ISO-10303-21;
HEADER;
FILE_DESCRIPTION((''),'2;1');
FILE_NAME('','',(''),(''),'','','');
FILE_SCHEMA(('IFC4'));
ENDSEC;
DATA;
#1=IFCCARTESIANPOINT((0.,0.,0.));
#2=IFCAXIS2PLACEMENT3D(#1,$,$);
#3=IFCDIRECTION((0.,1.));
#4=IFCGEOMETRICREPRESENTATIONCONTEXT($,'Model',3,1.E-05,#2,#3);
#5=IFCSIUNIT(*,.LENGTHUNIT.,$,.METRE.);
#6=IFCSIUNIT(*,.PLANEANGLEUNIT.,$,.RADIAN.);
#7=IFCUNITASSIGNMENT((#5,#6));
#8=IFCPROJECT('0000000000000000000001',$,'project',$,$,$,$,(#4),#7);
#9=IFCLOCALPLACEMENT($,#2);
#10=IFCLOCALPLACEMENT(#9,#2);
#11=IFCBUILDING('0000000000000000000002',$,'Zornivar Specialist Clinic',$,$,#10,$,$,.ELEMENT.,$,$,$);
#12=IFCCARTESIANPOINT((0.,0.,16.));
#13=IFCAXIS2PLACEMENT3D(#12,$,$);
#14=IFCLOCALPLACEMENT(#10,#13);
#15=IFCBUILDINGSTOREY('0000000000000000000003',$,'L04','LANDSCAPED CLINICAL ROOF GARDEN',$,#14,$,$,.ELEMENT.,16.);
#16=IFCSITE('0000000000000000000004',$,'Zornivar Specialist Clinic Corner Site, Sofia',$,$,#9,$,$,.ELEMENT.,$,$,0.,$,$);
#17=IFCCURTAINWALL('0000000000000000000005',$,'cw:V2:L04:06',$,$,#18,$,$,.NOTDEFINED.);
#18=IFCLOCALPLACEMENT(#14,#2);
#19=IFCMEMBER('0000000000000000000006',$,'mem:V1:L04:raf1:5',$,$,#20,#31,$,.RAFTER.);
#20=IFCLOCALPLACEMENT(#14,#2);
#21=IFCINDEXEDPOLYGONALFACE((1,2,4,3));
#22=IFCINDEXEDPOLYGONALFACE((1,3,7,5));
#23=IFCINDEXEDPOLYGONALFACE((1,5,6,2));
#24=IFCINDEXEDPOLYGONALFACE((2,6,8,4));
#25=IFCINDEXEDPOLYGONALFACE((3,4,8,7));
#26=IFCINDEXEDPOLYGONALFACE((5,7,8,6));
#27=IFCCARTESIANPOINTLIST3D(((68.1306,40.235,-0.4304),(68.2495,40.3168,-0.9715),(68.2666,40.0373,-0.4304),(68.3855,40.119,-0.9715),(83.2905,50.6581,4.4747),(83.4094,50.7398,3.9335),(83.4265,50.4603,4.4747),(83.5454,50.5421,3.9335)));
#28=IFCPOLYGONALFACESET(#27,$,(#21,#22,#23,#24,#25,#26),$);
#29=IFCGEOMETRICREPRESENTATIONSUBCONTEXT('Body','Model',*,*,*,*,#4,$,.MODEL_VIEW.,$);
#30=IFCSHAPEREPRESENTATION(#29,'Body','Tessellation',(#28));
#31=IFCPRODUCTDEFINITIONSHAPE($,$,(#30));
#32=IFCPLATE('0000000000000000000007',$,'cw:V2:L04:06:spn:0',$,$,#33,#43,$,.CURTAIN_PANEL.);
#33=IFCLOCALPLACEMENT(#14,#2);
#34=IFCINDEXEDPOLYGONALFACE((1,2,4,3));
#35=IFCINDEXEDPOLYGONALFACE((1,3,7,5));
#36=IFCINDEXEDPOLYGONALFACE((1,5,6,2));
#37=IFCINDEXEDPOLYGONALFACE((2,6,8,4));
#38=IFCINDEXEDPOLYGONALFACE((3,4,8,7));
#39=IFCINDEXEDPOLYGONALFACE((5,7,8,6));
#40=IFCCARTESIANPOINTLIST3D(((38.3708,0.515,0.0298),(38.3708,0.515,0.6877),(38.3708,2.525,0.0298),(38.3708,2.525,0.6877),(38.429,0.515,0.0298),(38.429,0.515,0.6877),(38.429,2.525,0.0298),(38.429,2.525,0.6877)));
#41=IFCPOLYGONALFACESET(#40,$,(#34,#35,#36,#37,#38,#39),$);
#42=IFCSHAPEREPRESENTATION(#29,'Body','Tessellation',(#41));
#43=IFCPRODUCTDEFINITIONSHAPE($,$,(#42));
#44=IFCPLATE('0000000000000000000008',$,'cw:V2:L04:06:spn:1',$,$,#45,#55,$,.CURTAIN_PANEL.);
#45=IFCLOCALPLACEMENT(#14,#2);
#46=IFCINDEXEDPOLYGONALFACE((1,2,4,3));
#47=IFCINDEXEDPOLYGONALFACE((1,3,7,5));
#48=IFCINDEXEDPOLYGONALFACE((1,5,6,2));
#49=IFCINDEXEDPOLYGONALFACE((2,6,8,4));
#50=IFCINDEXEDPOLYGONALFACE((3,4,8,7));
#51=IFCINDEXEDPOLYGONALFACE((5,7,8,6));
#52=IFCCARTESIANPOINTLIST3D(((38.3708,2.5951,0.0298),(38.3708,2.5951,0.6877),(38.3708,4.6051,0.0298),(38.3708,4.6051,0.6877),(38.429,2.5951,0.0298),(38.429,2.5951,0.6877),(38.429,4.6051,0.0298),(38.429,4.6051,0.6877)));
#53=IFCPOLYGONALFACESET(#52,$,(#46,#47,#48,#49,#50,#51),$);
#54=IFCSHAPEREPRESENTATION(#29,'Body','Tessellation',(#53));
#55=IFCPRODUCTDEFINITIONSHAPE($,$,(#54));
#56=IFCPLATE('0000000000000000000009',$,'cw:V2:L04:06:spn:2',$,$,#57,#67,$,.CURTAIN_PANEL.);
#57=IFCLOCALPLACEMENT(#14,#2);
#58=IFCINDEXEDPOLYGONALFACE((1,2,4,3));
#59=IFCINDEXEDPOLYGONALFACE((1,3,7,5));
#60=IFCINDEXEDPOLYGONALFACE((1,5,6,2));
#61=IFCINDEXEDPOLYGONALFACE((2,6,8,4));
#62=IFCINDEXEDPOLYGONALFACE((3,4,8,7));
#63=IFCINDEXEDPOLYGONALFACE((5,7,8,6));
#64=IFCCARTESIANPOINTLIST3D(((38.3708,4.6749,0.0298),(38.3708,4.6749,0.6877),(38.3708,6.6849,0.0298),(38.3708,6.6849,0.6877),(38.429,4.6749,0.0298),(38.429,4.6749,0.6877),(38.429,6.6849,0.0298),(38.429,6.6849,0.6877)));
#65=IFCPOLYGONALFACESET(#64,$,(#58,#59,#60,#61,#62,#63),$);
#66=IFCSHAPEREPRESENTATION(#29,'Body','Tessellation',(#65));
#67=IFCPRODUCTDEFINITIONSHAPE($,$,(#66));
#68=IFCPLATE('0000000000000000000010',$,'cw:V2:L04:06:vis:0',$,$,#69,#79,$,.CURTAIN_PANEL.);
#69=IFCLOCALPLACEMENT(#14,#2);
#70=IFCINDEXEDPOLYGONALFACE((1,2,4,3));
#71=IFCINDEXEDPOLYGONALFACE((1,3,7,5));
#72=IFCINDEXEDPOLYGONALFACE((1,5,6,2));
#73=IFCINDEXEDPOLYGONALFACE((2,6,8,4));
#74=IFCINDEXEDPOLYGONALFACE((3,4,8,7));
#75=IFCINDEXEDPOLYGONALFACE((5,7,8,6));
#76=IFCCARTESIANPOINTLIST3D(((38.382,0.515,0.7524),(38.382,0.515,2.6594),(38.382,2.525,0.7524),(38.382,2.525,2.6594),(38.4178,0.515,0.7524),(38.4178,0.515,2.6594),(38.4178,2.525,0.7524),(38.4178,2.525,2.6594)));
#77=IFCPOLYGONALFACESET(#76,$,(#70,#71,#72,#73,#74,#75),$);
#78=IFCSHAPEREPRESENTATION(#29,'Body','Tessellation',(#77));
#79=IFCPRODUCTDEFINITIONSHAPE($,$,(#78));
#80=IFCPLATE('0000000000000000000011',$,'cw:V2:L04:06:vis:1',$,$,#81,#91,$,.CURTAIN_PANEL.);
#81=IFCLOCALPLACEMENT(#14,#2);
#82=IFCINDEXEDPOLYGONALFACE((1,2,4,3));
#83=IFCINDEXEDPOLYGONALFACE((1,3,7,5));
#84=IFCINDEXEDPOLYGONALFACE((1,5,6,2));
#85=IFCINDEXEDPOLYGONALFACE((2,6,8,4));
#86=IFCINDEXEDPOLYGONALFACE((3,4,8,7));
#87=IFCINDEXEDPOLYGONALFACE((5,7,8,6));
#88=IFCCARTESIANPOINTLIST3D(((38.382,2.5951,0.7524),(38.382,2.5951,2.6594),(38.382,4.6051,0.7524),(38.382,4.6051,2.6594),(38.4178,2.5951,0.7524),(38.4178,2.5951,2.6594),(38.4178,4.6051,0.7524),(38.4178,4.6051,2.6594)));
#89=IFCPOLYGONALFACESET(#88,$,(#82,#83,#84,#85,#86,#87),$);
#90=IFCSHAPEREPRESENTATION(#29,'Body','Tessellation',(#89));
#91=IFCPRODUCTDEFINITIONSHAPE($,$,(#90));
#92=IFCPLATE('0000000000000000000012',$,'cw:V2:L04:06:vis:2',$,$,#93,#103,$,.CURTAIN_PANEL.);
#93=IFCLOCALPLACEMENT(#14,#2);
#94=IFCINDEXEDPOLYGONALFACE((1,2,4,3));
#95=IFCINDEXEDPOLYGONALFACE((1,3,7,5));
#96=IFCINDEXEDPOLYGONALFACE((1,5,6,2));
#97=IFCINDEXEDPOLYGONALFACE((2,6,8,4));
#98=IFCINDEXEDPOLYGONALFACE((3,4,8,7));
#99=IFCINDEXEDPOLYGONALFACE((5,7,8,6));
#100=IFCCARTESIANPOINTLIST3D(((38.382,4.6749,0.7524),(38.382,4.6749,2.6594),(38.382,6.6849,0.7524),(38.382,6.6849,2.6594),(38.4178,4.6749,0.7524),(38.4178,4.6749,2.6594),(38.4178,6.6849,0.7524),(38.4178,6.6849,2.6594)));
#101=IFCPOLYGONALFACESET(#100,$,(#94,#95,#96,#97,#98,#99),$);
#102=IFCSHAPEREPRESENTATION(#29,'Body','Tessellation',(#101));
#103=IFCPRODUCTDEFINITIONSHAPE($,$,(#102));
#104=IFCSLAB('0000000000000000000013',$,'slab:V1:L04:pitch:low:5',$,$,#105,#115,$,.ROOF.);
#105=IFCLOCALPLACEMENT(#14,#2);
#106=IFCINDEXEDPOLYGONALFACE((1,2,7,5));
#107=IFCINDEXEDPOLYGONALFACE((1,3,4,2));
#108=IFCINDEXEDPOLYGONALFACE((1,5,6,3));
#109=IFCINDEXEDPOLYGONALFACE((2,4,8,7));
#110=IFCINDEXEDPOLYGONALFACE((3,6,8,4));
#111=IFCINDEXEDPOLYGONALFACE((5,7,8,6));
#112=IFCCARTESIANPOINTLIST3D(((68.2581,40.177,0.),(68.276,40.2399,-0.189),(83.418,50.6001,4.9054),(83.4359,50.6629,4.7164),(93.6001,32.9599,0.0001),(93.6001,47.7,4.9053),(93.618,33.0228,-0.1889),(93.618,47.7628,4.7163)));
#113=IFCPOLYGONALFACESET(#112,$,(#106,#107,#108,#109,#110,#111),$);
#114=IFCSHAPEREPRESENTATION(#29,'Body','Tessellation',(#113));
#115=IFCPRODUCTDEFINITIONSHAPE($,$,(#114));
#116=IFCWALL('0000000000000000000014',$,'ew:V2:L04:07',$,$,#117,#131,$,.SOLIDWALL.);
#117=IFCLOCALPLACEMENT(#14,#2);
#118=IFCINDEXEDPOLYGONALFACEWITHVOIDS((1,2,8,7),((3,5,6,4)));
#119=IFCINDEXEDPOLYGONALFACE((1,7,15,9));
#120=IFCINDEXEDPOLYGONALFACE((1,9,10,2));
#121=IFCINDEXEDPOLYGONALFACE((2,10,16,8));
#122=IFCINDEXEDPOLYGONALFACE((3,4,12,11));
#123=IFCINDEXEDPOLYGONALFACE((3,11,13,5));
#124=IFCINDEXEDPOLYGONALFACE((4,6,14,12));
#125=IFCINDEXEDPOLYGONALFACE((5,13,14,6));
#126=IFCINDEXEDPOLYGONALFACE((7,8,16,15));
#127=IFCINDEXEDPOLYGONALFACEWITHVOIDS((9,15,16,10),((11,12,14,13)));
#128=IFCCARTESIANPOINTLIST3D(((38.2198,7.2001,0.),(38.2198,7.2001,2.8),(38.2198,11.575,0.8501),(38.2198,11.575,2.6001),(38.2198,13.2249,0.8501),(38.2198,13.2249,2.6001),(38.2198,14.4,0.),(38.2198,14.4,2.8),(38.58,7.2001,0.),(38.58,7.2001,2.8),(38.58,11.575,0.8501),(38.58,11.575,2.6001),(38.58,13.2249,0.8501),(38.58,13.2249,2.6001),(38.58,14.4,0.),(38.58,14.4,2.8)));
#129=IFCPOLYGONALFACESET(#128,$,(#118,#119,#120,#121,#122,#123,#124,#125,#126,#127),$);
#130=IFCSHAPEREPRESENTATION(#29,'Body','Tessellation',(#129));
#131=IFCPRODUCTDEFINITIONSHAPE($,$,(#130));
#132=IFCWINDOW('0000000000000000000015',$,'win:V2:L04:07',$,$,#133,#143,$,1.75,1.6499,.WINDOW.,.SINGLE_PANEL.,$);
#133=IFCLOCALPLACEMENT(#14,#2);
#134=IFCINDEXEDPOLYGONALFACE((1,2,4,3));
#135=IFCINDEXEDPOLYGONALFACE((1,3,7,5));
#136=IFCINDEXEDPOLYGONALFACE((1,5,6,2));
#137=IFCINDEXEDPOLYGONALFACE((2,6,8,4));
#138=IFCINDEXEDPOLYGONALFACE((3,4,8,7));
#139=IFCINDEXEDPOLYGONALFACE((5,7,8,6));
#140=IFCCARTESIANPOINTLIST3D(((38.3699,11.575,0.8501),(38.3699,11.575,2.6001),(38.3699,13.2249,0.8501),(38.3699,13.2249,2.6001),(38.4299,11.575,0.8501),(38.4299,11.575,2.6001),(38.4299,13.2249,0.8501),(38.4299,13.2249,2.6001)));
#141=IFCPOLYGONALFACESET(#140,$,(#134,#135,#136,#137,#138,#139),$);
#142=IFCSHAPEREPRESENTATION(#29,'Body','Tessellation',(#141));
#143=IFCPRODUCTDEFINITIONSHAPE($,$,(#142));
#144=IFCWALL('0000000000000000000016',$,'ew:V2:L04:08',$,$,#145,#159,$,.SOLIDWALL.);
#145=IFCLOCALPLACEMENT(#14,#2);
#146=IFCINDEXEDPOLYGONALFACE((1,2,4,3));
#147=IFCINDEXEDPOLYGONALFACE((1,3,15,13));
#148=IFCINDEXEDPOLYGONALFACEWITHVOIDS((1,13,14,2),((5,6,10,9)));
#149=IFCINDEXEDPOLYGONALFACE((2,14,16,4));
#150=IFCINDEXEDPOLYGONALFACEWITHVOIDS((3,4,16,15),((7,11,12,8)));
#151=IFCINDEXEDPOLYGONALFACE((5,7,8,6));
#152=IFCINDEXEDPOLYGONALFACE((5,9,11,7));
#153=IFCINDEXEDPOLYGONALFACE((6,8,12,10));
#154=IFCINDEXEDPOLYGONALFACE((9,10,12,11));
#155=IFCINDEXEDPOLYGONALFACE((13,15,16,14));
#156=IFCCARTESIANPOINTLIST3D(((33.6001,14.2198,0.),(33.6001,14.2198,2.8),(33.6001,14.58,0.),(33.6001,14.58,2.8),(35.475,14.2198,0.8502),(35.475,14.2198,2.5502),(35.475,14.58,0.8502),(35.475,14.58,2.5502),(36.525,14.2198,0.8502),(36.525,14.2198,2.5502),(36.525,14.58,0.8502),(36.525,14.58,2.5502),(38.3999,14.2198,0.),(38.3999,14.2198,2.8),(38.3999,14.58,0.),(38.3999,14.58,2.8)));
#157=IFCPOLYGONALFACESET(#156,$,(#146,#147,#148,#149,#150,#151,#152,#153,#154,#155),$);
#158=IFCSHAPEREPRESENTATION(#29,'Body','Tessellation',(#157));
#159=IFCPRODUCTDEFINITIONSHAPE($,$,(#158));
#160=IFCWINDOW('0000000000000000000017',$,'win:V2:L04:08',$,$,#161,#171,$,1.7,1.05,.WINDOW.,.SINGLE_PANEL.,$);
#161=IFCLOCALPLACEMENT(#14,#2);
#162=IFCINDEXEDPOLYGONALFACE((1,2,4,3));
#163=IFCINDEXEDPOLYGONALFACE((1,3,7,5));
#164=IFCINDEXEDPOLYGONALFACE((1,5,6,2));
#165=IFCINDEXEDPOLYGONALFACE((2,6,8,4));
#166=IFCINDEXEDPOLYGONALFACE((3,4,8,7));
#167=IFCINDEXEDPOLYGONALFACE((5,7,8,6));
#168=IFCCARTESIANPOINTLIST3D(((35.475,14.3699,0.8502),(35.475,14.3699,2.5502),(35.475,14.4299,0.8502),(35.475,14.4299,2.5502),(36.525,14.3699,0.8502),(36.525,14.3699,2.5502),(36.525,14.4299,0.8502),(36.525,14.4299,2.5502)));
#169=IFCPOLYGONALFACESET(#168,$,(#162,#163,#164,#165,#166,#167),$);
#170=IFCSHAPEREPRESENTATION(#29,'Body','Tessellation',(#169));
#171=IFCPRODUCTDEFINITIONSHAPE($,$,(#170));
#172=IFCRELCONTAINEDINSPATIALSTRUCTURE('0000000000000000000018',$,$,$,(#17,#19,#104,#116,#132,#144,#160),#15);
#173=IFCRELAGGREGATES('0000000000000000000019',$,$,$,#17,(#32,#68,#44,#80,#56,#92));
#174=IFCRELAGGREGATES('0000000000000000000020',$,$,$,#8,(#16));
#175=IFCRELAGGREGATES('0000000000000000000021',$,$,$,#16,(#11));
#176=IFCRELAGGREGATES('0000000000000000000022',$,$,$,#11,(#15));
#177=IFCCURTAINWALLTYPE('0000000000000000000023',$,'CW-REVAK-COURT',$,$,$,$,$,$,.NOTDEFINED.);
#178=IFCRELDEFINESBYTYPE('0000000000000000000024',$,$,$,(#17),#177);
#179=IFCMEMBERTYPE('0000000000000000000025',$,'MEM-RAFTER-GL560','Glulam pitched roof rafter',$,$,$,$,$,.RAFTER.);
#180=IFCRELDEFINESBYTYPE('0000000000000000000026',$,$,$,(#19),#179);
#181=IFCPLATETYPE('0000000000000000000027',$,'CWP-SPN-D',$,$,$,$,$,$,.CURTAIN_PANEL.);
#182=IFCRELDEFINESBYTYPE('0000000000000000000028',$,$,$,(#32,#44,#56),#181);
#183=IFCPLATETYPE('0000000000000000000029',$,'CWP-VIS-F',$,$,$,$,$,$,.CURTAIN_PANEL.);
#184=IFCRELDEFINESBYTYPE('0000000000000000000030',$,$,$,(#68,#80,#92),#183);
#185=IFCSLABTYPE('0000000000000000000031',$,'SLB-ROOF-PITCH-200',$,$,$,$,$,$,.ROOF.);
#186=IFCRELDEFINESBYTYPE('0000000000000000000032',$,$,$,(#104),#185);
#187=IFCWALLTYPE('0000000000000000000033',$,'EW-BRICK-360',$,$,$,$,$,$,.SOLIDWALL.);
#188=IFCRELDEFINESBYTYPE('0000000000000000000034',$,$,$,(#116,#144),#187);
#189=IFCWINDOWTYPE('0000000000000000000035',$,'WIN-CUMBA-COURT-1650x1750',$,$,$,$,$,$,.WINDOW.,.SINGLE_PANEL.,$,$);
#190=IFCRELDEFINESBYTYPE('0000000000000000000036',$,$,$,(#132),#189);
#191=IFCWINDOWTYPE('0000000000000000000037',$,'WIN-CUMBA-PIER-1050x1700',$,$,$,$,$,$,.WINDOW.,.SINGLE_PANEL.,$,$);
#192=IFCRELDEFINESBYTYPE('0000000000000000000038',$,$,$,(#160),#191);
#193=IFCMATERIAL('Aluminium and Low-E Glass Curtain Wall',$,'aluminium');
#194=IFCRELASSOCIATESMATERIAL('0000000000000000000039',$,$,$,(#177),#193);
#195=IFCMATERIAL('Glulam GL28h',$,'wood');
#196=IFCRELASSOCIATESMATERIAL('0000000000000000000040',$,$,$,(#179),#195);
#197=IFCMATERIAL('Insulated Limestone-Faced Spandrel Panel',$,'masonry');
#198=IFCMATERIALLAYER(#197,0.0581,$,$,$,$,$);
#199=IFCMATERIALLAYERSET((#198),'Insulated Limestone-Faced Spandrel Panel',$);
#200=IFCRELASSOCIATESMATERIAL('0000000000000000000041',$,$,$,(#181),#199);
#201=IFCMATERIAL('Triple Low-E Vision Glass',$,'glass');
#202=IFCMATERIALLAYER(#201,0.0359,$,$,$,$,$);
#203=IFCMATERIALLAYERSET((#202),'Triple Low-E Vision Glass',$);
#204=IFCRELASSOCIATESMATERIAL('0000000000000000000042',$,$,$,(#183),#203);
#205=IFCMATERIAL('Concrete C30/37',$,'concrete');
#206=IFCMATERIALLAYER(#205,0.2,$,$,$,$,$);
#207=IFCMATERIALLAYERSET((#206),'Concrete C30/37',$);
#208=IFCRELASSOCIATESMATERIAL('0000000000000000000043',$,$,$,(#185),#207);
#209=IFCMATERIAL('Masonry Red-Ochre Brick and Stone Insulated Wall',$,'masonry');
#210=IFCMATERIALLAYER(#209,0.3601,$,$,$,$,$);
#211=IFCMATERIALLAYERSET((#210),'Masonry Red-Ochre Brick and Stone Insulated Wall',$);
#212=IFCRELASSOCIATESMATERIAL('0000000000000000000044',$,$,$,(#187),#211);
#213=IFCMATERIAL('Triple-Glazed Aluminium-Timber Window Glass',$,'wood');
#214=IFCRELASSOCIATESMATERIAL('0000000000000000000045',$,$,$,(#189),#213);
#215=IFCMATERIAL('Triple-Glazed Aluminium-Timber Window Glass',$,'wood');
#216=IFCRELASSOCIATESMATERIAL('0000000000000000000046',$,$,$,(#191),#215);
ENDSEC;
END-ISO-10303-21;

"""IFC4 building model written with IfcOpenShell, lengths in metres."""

from ifc_helpers import new_model, si_unit, direction, frame, frame_2d, origin, origin_2d, place, context, subcontext, project, spatial, polyline, rectangle, outline, extrude, material, layer, layer_set, material_profile, profile_set, type_object, element, fill, aggregate, save


model = new_model("IFC4")

# Units and contexts
model_context = context("Model", 3, precision=1e-05, world=origin(), true_north=direction((0.0, 1.0)))
body_context = subcontext(model_context, "Body", "Model", "MODEL_VIEW")
ifc_project = project(units=[si_unit("LENGTHUNIT", "METRE"), si_unit("PLANEANGLEUNIT", "RADIAN")], contexts=[model_context])

# Site, building, storey
site_placement = place(None, origin())
site = spatial("IfcSite", under=ifc_project, at=site_placement, Name="Zornivar Specialist Clinic Corner Site, Sofia", CompositionType="ELEMENT", RefElevation=0.0)
building_placement = place(site_placement, origin())
building = spatial("IfcBuilding", under=site, at=building_placement, Name="Zornivar Specialist Clinic", CompositionType="ELEMENT")
storey_placement = place(building_placement, frame((0.0, 0.0, 16.0)))
storey = spatial("IfcBuildingStorey", under=building, at=storey_placement, Name="L04", Description="LANDSCAPED CLINICAL ROOF GARDEN", CompositionType="ELEMENT", Elevation=16.0)

# Curtain wall
ifc_material_1 = material(Name="Aluminium and Low-E Glass Curtain Wall", Category="aluminium")
curtain_wall_type = type_object("IfcCurtainWallType", Name="CW-REVAK-COURT", PredefinedType="NOTDEFINED", material=ifc_material_1)
curtain_wall_placement = place(storey_placement, origin())
curtain_wall = element("IfcCurtainWall", 1, at=curtain_wall_placement, inside=storey, type_object=curtain_wall_type, Name="cw:V2:L04:06", PredefinedType="NOTDEFINED")

# Member
ifc_material_2 = material(Name="Glulam GL28h", Category="wood")
ifc_material_profile_1 = material_profile(ifc_material_2, rectangle(XDim=0.24, YDim=0.5601, at=origin_2d()), Name="GL28h 240x560")
ifc_profile_set_1 = profile_set([ifc_material_profile_1], Name="Glulam GL28h")
member_type_1 = type_object("IfcMemberType", Name="MEM-RAFTER-GL560", Description="Glulam pitched roof rafter", PredefinedType="RAFTER", material=ifc_profile_set_1)
member_1_placement = place(storey_placement, frame((68.2581, 40.177, -0.7009), z_axis=(0.796212, 0.54743, 0.257617), x_axis=(-0.566553, 0.824025, 0.0)))
element("IfcMember", 2, at=member_1_placement, inside=storey, type_object=member_type_1, Name="mem:V1:L04:raf1:5", PredefinedType="RAFTER", context=body_context, shape_type="SweptSolid", body=[
    extrude(rectangle(XDim=0.24, YDim=0.5601, at=origin_2d()), origin(), (0.0, 0.0, 1.0), 19.04),
])

# Plates
ifc_material_3 = material(Name="Insulated Limestone-Faced Spandrel Panel", Category="masonry")
ifc_layer_1 = layer(ifc_material_3, 0.0581)
ifc_layer_set_1 = layer_set([ifc_layer_1], Name="Insulated Limestone-Faced Spandrel Panel")
plate_type_1 = type_object("IfcPlateType", Name="CWP-SPN-D", PredefinedType="CURTAIN_PANEL", material=ifc_layer_set_1)
plate_1_placement = place(storey_placement, frame((38.3999, 1.52, 0.0298), z_axis=(0.0, 0.0, 1.0), x_axis=(0.0, 1.0, 0.0)))
plate_1 = element("IfcPlate", 3, at=plate_1_placement, type_object=plate_type_1, Name="cw:V2:L04:06:spn:0", PredefinedType="CURTAIN_PANEL", context=body_context, shape_type="SweptSolid", body=[
    extrude(rectangle(XDim=2.01, YDim=0.0581, at=origin_2d()), origin(), (0.0, 0.0, 1.0), 0.658),
])
plate_2_placement = place(storey_placement, frame((38.3999, 3.6001, 0.0298), z_axis=(0.0, 0.0, 1.0), x_axis=(0.0, 1.0, 0.0)))
plate_2 = element("IfcPlate", 4, at=plate_2_placement, type_object=plate_type_1, Name="cw:V2:L04:06:spn:1", PredefinedType="CURTAIN_PANEL", context=body_context, shape_type="SweptSolid", body=[
    extrude(rectangle(XDim=2.01, YDim=0.0581, at=origin_2d()), origin(), (0.0, 0.0, 1.0), 0.658),
])
plate_3_placement = place(storey_placement, frame((38.3999, 5.6799, 0.0298), z_axis=(0.0, 0.0, 1.0), x_axis=(0.0, 1.0, 0.0)))
plate_3 = element("IfcPlate", 5, at=plate_3_placement, type_object=plate_type_1, Name="cw:V2:L04:06:spn:2", PredefinedType="CURTAIN_PANEL", context=body_context, shape_type="SweptSolid", body=[
    extrude(rectangle(XDim=2.01, YDim=0.0581, at=origin_2d()), origin(), (0.0, 0.0, 1.0), 0.658),
])
ifc_material_4 = material(Name="Triple Low-E Vision Glass", Category="glass")
ifc_layer_2 = layer(ifc_material_4, 0.0359)
ifc_layer_set_2 = layer_set([ifc_layer_2], Name="Triple Low-E Vision Glass")
plate_type_2 = type_object("IfcPlateType", Name="CWP-VIS-F", PredefinedType="CURTAIN_PANEL", material=ifc_layer_set_2)
plate_4_placement = place(storey_placement, frame((38.3999, 1.52, 0.7524), z_axis=(0.0, 0.0, 1.0), x_axis=(0.0, 1.0, 0.0)))
plate_4 = element("IfcPlate", 6, at=plate_4_placement, type_object=plate_type_2, Name="cw:V2:L04:06:vis:0", PredefinedType="CURTAIN_PANEL", context=body_context, shape_type="SweptSolid", body=[
    extrude(rectangle(XDim=2.01, YDim=0.0359, at=origin_2d()), origin(), (0.0, 0.0, 1.0), 1.907),
])
plate_5_placement = place(storey_placement, frame((38.3999, 3.6001, 0.7524), z_axis=(0.0, 0.0, 1.0), x_axis=(0.0, 1.0, 0.0)))
plate_5 = element("IfcPlate", 7, at=plate_5_placement, type_object=plate_type_2, Name="cw:V2:L04:06:vis:1", PredefinedType="CURTAIN_PANEL", context=body_context, shape_type="SweptSolid", body=[
    extrude(rectangle(XDim=2.01, YDim=0.0359, at=origin_2d()), origin(), (0.0, 0.0, 1.0), 1.907),
])
plate_6_placement = place(storey_placement, frame((38.3999, 5.6799, 0.7524), z_axis=(0.0, 0.0, 1.0), x_axis=(0.0, 1.0, 0.0)))
plate_6 = element("IfcPlate", 8, at=plate_6_placement, type_object=plate_type_2, Name="cw:V2:L04:06:vis:2", PredefinedType="CURTAIN_PANEL", context=body_context, shape_type="SweptSolid", body=[
    extrude(rectangle(XDim=2.01, YDim=0.0359, at=origin_2d()), origin(), (0.0, 0.0, 1.0), 1.907),
])
aggregate(curtain_wall, [plate_1, plate_4, plate_2, plate_5, plate_3, plate_6])

# Slab
ifc_material_5 = material(Name="Concrete C30/37", Category="concrete")
ifc_layer_3 = layer(ifc_material_5, 0.2)
ifc_layer_set_3 = layer_set([ifc_layer_3], Name="Concrete C30/37")
slab_type = type_object("IfcSlabType", Name="SLB-ROOF-PITCH-200", PredefinedType="ROOF", material=ifc_layer_set_3)
slab_placement = place(storey_placement, frame((68.2581, 40.177, 0.0), z_axis=(-0.089565, -0.314486, 0.945027), x_axis=(0.961759, -0.273896, 0.000003)))
element("IfcSlab", 9, at=slab_placement, inside=storey, type_object=slab_type, Name="slab:V1:L04:pitch:low:5", PredefinedType="ROOF", context=body_context, shape_type="SweptSolid", body=[
    extrude(outline(polyline([(0.0, 0.0), (26.3497, 0.0), (22.3125, 15.001), (11.7254, 15.0014), (0.0, 0.0)])), origin(), (0.0, 0.0, -1.0), 0.2),
])

# Walls, openings, windows
ifc_material_6 = material(Name="Masonry Red-Ochre Brick and Stone Insulated Wall", Category="masonry")
ifc_layer_4 = layer(ifc_material_6, 0.3601)
ifc_layer_set_4 = layer_set([ifc_layer_4], Name="Masonry Red-Ochre Brick and Stone Insulated Wall")
wall_type_1 = type_object("IfcWallType", Name="EW-BRICK-360", PredefinedType="SOLIDWALL", material=ifc_layer_set_4)
wall_1_placement = place(storey_placement, frame((38.3999, 7.2, 0.0), z_axis=(0.0, 0.0, 1.0), x_axis=(0.0, 1.0, 0.0)))
wall_1 = element("IfcWall", 10, at=wall_1_placement, inside=storey, type_object=wall_type_1, Name="ew:V2:L04:07", PredefinedType="SOLIDWALL", context=body_context, shape_type="SweptSolid", body=[
    extrude(rectangle(XDim=7.2, YDim=0.3601, at=frame_2d((3.6001, 0.0))), origin(), (0.0, 0.0, 1.0), 2.8),
])
opening_1_placement = place(wall_1_placement, frame((4.375, 0.0, 0.8501)))
opening_1 = element("IfcOpeningElement", 11, at=opening_1_placement, cuts=wall_1, PredefinedType="OPENING", context=body_context, shape_type="SweptSolid", body=[
    extrude(rectangle(XDim=1.6499, YDim=1.75, at=frame_2d((0.825, 0.875))), frame((0.0, 0.1899, 0.0), z_axis=(0.0, -1.0, 0.0), x_axis=(1.0, 0.0, 0.0)), (0.0, 0.0, 1.0), 0.3801),
])
ifc_material_7 = material(Name="Triple-Glazed Aluminium-Timber Window Glass", Category="wood")
window_type_1 = type_object("IfcWindowType", Name="WIN-CUMBA-COURT-1650x1750", PartitioningType="SINGLE_PANEL", PredefinedType="WINDOW", material=ifc_material_7)
window_1_placement = place(opening_1_placement, origin())
window_1 = element("IfcWindow", 12, at=window_1_placement, inside=storey, type_object=window_type_1, Name="win:V2:L04:07", OverallHeight=1.75, OverallWidth=1.6499, PartitioningType="SINGLE_PANEL", PredefinedType="WINDOW", context=body_context, shape_type="SweptSolid", body=[
    extrude(rectangle(XDim=1.6499, YDim=1.75, at=frame_2d((0.825, 0.875))), frame((0.0, 0.03, 0.0), z_axis=(0.0, -1.0, 0.0), x_axis=(1.0, 0.0, 0.0)), (0.0, 0.0, 1.0), 0.0601),
])
fill(opening_1, window_1)
wall_2_placement = place(storey_placement, frame((38.3999, 14.3999, 0.0), z_axis=(0.0, 0.0, 1.0), x_axis=(-1.0, 0.0, 0.0)))
wall_2 = element("IfcWall", 13, at=wall_2_placement, inside=storey, type_object=wall_type_1, Name="ew:V2:L04:08", PredefinedType="SOLIDWALL", context=body_context, shape_type="SweptSolid", body=[
    extrude(rectangle(XDim=4.7998, YDim=0.3601, at=frame_2d((2.3999, 0.0))), origin(), (0.0, 0.0, 1.0), 2.8),
])
opening_2_placement = place(wall_2_placement, frame((1.875, 0.0, 0.8501)))
opening_2 = element("IfcOpeningElement", 14, at=opening_2_placement, cuts=wall_2, PredefinedType="OPENING", context=body_context, shape_type="SweptSolid", body=[
    extrude(rectangle(XDim=1.05, YDim=1.7, at=frame_2d((0.5249, 0.8501))), frame((0.0, 0.1899, 0.0), z_axis=(0.0, -1.0, 0.0), x_axis=(1.0, 0.0, 0.0)), (0.0, 0.0, 1.0), 0.3801),
])
ifc_material_8 = material(Name="Triple-Glazed Aluminium-Timber Window Glass", Category="wood")
window_type_2 = type_object("IfcWindowType", Name="WIN-CUMBA-PIER-1050x1700", PartitioningType="SINGLE_PANEL", PredefinedType="WINDOW", material=ifc_material_8)
window_2_placement = place(opening_2_placement, origin())
window_2 = element("IfcWindow", 15, at=window_2_placement, inside=storey, type_object=window_type_2, Name="win:V2:L04:08", OverallHeight=1.7, OverallWidth=1.05, PartitioningType="SINGLE_PANEL", PredefinedType="WINDOW", context=body_context, shape_type="SweptSolid", body=[
    extrude(rectangle(XDim=1.05, YDim=1.7, at=frame_2d((0.5249, 0.8501))), frame((0.0, 0.03, 0.0), z_axis=(0.0, -1.0, 0.0), x_axis=(1.0, 0.0, 0.0)), (0.0, 0.0, 1.0), 0.0601),
])
fill(opening_2, window_2)

save(model, "model.ifc")
